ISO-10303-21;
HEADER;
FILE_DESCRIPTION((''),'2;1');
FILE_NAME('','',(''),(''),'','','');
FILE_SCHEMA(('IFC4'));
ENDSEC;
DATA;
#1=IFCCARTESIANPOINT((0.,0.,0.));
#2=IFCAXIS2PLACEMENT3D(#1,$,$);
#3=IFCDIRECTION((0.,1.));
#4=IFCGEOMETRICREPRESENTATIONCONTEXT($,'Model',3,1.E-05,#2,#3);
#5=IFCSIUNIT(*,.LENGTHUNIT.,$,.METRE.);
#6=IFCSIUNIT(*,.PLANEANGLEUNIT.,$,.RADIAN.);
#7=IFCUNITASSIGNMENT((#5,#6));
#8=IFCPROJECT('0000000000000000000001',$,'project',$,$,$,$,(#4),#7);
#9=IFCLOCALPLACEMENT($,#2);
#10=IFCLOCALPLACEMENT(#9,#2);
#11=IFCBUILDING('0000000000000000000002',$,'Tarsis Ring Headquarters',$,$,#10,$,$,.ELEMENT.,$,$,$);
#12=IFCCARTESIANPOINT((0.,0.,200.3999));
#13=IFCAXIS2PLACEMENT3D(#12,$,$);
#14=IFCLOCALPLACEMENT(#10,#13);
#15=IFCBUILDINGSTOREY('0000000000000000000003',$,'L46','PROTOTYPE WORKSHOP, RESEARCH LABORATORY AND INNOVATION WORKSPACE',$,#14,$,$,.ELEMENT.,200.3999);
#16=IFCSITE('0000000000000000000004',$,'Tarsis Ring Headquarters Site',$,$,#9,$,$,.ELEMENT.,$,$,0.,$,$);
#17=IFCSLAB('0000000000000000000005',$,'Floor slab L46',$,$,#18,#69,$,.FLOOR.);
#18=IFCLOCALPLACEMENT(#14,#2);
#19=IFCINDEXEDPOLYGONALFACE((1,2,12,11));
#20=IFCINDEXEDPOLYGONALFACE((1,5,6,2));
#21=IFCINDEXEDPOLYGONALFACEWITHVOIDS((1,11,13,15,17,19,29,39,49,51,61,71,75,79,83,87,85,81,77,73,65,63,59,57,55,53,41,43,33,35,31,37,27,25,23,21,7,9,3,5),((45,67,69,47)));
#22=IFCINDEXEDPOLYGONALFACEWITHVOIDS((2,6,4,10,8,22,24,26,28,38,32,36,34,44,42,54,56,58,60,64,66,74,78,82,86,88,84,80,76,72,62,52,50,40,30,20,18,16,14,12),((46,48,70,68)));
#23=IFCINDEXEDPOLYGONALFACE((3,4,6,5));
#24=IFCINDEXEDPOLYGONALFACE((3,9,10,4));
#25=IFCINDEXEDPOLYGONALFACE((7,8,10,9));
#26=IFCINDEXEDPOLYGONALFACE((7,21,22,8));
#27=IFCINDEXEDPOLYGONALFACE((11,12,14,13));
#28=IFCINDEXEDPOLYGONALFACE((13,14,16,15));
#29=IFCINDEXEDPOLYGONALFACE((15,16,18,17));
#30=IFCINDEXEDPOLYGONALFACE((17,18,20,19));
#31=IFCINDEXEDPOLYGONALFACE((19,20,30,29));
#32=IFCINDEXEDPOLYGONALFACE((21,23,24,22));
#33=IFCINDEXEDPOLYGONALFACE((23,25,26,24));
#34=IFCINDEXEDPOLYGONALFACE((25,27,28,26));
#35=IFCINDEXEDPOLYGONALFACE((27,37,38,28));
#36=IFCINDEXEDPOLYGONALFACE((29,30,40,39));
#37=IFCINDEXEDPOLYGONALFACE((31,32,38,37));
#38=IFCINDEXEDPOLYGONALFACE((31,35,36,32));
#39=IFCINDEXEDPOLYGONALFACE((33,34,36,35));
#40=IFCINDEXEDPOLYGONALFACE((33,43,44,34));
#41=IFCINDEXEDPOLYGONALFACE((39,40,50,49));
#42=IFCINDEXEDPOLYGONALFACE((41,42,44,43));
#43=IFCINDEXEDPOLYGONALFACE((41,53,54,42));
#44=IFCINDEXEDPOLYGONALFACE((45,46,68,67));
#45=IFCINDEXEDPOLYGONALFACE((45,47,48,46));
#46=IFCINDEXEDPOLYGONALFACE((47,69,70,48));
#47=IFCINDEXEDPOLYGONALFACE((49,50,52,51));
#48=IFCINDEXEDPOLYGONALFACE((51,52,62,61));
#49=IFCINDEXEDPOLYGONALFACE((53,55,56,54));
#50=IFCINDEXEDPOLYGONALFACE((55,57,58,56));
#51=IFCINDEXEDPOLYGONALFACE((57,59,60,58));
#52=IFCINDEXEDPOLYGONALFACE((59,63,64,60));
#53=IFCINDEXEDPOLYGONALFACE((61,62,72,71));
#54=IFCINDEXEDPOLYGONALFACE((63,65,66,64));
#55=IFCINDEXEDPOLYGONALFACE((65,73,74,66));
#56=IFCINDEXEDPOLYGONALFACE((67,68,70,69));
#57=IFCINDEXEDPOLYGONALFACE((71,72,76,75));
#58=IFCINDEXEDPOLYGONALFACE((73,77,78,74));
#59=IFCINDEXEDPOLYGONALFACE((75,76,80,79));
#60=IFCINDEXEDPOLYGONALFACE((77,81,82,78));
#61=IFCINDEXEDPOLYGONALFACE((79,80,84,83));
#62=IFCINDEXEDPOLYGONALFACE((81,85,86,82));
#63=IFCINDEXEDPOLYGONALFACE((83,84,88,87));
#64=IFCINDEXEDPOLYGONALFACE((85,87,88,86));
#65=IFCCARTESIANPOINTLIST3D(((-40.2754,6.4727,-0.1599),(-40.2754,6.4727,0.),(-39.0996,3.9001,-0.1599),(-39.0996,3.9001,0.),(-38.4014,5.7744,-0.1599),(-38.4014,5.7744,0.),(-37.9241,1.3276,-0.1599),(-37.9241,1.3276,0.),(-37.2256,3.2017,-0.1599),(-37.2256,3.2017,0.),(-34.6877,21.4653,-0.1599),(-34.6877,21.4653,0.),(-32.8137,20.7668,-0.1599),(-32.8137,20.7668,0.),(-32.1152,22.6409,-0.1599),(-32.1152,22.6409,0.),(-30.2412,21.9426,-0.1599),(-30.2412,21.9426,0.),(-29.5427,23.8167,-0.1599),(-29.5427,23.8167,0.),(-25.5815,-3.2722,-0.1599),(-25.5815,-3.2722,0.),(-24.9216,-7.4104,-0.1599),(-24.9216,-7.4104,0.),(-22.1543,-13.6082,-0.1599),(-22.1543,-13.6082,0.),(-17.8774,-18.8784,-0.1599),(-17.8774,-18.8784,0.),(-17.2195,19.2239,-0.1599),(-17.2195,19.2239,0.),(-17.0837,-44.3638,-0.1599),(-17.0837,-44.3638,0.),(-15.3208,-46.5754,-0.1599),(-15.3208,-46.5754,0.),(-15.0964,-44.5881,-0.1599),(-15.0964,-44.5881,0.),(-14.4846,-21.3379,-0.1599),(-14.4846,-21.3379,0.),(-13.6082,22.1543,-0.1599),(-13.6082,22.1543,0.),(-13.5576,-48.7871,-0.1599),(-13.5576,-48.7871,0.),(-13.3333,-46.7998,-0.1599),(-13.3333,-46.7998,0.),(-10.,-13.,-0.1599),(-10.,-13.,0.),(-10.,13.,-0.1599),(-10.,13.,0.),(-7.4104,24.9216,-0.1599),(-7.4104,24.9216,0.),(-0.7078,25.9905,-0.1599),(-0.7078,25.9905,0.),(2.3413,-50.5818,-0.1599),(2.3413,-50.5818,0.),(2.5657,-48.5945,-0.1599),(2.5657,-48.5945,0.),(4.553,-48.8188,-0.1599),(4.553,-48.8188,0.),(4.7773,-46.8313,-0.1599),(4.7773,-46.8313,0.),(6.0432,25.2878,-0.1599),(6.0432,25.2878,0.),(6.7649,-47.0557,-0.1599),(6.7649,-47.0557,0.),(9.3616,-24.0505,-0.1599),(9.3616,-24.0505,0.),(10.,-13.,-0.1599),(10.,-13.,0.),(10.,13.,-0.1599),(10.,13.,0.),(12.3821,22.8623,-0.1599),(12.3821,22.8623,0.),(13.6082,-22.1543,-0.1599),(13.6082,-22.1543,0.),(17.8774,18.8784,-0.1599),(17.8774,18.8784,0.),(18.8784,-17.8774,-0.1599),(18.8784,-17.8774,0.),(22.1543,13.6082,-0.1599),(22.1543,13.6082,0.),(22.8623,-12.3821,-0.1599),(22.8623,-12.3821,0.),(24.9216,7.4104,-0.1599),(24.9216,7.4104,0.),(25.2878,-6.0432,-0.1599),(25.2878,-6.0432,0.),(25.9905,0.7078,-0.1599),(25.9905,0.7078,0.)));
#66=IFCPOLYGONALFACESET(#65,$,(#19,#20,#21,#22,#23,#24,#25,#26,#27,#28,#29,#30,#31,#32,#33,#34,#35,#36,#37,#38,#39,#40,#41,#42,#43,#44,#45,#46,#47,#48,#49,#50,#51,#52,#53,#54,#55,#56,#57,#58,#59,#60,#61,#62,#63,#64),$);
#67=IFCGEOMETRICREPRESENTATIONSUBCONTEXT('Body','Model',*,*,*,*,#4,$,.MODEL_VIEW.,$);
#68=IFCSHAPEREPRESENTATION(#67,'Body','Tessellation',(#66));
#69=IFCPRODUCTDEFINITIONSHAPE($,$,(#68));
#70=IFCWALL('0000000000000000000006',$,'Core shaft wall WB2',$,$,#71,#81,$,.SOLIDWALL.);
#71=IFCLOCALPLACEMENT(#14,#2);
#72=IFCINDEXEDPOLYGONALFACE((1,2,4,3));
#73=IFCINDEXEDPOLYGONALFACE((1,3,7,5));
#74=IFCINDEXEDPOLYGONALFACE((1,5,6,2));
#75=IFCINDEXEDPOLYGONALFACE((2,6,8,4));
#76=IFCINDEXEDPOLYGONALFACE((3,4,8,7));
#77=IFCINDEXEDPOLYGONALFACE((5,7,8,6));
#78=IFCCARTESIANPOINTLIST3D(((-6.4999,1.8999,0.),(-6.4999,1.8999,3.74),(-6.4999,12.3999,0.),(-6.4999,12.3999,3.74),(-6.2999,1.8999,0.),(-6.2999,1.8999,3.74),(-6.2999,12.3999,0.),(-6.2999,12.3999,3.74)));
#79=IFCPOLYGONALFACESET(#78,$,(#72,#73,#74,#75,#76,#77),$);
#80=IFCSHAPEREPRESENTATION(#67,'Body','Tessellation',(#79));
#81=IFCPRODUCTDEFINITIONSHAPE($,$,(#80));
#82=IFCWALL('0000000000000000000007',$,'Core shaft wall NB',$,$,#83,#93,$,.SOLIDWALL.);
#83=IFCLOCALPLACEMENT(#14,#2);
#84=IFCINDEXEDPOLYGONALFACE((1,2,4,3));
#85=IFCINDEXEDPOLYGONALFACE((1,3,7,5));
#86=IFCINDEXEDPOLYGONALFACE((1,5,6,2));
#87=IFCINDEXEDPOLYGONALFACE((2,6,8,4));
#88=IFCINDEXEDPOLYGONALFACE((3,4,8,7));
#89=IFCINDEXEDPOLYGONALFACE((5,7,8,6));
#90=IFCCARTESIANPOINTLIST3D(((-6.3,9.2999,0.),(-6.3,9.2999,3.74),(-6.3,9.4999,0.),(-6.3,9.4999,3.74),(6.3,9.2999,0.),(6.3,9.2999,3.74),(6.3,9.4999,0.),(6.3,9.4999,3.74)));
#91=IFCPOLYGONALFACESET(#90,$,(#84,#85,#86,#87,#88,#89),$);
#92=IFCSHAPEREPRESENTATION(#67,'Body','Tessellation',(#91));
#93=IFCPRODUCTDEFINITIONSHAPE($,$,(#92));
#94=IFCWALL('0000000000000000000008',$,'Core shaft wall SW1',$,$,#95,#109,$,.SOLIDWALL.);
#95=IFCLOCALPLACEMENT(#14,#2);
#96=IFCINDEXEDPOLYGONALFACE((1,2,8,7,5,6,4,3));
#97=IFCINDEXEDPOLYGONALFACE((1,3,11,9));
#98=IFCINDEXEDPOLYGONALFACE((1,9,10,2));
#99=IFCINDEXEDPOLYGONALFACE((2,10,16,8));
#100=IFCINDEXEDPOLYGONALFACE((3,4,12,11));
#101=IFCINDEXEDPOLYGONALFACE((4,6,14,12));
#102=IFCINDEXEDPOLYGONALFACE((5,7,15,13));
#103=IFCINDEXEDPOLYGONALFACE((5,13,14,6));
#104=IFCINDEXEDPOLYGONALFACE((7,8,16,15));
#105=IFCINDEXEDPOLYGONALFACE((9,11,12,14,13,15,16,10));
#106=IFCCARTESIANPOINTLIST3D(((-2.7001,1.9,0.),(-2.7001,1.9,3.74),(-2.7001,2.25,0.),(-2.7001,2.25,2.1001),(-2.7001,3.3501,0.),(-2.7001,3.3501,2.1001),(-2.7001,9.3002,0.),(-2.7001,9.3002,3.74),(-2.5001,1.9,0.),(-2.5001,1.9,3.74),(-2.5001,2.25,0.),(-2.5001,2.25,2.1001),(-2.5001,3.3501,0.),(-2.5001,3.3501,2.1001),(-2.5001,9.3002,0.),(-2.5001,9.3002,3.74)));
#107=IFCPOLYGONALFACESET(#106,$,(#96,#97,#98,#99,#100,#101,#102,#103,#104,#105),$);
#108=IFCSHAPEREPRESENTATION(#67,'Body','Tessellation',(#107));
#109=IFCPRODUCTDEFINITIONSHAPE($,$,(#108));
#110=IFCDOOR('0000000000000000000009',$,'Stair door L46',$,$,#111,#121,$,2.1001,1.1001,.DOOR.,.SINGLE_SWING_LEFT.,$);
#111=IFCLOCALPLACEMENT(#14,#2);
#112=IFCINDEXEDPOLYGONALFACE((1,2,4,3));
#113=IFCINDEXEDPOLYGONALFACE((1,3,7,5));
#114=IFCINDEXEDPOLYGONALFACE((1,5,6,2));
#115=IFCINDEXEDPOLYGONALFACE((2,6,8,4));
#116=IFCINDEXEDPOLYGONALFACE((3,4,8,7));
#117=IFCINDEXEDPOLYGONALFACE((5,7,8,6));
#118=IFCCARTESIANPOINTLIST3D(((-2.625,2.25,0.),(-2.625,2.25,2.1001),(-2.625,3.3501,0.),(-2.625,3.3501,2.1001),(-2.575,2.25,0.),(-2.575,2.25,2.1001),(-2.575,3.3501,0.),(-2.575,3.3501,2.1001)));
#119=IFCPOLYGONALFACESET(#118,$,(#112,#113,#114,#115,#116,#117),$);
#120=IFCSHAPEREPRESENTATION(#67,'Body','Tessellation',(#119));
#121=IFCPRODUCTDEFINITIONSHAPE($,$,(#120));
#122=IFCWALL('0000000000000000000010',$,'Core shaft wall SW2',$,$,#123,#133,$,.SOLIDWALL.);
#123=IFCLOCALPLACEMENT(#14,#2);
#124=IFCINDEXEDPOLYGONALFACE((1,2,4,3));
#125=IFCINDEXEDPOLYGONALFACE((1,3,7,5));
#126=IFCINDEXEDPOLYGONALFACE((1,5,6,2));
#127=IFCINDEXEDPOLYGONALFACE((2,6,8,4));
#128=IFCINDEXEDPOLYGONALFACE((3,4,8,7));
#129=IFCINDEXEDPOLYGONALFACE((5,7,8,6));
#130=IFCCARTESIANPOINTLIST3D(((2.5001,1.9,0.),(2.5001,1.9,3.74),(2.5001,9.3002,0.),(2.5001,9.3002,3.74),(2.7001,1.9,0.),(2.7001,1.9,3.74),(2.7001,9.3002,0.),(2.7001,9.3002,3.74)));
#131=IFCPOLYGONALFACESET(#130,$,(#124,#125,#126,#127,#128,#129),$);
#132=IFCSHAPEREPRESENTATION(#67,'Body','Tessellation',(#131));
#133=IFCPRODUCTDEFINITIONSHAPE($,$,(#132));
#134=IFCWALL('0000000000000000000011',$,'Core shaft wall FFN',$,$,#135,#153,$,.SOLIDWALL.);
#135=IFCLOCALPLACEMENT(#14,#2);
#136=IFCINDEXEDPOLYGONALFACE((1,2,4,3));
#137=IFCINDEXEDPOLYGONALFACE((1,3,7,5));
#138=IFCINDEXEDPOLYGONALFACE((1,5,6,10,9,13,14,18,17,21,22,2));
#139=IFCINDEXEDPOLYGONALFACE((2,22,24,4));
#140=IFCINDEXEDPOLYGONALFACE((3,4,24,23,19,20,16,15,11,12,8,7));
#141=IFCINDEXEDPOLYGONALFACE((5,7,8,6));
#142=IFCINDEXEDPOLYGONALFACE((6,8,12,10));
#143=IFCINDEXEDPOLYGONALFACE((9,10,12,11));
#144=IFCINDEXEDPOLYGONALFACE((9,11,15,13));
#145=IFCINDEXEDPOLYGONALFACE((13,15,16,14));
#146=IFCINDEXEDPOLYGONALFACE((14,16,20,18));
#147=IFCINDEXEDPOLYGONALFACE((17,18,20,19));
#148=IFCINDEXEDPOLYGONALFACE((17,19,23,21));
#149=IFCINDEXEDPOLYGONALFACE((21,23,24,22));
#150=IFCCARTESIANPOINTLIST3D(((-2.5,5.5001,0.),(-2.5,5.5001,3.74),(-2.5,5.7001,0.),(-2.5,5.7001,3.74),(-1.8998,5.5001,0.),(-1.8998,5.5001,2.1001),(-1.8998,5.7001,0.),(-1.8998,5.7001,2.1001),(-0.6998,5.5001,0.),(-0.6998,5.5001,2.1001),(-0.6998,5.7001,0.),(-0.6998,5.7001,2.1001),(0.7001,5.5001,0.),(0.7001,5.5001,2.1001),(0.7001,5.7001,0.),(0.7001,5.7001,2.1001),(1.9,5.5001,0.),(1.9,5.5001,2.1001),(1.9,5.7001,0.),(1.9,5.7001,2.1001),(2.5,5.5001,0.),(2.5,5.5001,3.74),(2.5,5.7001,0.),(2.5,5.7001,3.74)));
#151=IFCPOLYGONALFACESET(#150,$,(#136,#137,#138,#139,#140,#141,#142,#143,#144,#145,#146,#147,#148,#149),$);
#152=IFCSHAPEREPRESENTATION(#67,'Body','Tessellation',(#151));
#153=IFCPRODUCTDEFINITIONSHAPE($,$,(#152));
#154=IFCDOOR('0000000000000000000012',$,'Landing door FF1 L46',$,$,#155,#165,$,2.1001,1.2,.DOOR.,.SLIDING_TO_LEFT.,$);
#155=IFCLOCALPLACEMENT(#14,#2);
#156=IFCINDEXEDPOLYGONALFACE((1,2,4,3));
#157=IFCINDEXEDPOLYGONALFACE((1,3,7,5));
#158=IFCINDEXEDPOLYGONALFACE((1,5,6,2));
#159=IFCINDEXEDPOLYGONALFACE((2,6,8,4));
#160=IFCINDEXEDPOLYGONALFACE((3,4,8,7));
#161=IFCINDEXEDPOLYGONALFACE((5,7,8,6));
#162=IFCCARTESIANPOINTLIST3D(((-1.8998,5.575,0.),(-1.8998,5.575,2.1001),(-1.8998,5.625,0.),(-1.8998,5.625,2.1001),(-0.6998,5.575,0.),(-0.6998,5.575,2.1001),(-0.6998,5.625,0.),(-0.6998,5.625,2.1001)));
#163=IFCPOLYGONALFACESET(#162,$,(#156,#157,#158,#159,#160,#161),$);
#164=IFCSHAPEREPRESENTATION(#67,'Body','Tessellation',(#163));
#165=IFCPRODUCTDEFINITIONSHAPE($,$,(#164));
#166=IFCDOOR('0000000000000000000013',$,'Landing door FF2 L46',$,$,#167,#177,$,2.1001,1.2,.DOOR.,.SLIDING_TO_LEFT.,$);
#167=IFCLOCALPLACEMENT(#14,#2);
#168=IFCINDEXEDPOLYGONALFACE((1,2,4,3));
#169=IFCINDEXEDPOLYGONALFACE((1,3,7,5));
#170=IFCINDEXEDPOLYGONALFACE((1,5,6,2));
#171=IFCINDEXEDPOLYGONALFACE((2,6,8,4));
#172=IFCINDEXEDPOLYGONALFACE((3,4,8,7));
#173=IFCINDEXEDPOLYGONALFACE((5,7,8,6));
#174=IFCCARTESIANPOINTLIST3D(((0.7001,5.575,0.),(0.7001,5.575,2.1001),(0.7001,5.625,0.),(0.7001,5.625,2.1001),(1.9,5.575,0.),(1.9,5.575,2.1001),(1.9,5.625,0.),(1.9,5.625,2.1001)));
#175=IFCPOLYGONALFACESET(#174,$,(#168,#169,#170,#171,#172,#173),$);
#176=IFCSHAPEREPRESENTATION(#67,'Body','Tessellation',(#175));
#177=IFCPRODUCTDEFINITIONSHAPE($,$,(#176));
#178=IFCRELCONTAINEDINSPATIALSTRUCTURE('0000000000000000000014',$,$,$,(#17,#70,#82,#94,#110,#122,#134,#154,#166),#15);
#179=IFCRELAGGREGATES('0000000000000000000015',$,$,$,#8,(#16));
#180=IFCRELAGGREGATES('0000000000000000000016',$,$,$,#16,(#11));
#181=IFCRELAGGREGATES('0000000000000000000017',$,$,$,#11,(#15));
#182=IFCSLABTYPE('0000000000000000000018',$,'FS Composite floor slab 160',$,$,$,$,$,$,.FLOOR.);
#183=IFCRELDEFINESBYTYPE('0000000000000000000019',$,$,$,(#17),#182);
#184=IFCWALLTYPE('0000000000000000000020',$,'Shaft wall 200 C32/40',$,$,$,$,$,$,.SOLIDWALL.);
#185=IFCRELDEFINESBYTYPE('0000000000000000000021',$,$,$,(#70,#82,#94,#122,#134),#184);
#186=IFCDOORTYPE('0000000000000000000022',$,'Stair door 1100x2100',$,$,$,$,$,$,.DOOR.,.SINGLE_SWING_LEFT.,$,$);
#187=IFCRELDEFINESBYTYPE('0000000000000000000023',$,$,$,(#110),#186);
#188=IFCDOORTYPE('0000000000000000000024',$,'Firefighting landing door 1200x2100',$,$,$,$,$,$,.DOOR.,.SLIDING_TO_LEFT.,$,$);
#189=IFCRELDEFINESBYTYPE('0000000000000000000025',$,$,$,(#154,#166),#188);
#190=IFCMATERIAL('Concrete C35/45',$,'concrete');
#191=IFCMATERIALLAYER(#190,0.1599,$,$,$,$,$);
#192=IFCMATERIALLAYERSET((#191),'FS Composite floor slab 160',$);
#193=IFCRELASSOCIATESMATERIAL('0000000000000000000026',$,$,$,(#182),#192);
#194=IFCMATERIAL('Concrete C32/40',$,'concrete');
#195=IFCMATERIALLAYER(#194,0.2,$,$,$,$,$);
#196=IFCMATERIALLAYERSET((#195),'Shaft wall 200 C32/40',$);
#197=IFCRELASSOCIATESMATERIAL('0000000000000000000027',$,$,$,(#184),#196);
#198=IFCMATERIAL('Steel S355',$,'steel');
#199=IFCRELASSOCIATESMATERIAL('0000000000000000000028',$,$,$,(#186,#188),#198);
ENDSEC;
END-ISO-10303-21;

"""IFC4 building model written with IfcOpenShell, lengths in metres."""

from ifc_helpers import new_model, si_unit, direction, frame, frame_2d, origin, place, context, subcontext, project, spatial, polyline, rectangle, outline, extrude, material, layer, layer_set, type_object, element, fill, save


model = new_model("IFC4")

# Units and contexts
model_context = context("Model", 3, precision=1e-05, world=origin(), true_north=direction((0.0, 1.0)))
body_context = subcontext(model_context, "Body", "Model", "MODEL_VIEW")
ifc_project = project(units=[si_unit("LENGTHUNIT", "METRE"), si_unit("PLANEANGLEUNIT", "RADIAN")], contexts=[model_context])

# Site, building, storey
site_placement = place(None, origin())
site = spatial("IfcSite", under=ifc_project, at=site_placement, Name="Tarsis Ring Headquarters Site", CompositionType="ELEMENT", RefElevation=0.0)
building_placement = place(site_placement, origin())
building = spatial("IfcBuilding", under=site, at=building_placement, Name="Tarsis Ring Headquarters", CompositionType="ELEMENT")
storey_placement = place(building_placement, frame((0.0, 0.0, 200.3999)))
storey = spatial("IfcBuildingStorey", under=building, at=storey_placement, Name="L46", Description="PROTOTYPE WORKSHOP, RESEARCH LABORATORY AND INNOVATION WORKSPACE", CompositionType="ELEMENT", Elevation=200.3999)

# Slab
ifc_material_1 = material(Name="Concrete C35/45", Category="concrete")
ifc_layer_1 = layer(ifc_material_1, 0.1599)
ifc_layer_set_1 = layer_set([ifc_layer_1], Name="FS Composite floor slab 160")
slab_type_1 = type_object("IfcSlabType", Name="FS Composite floor slab 160", PredefinedType="FLOOR", material=ifc_layer_set_1)
slab_1_placement = place(storey_placement, frame((0.0, 0.0, -0.1599)))
element("IfcSlab", 1, at=slab_1_placement, inside=storey, type_object=slab_type_1, Name="Floor slab L46", PredefinedType="FLOOR", context=body_context, shape_type="SweptSolid", body=[
    extrude(outline(polyline([(-25.5815, -3.2722), (-24.9216, -7.4104), (-22.1543, -13.6082), (-17.8774, -18.8784), (-14.4846, -21.3379), (-17.0837, -44.3638), (-15.0964, -44.5881), (-15.3208, -46.5754), (-13.3333, -46.7998), (-13.5576, -48.7871), (2.3413, -50.5818), (2.5657, -48.5945), (4.553, -48.8188), (4.7773, -46.8313), (6.7649, -47.0557), (9.3616, -24.0505), (13.6082, -22.1543), (18.8784, -17.8774), (22.8623, -12.3821), (25.2878, -6.0432), (25.9905, 0.7078), (24.9216, 7.4104), (22.1543, 13.6082), (17.8774, 18.8784), (12.3821, 22.8623), (6.0432, 25.2878), (-0.7078, 25.9905), (-7.4104, 24.9216), (-13.6082, 22.1543), (-17.2195, 19.2239), (-29.5427, 23.8167), (-30.2412, 21.9426), (-32.1152, 22.6409), (-32.8137, 20.7668), (-34.6877, 21.4653), (-40.2754, 6.4727), (-38.4014, 5.7744), (-39.0996, 3.9001), (-37.2256, 3.2017), (-37.9241, 1.3276), (-25.5815, -3.2722)]), holes=[polyline([(-10.0, -13.0), (-10.0, 13.0), (10.0, 13.0), (10.0, -13.0), (-10.0, -13.0)])]), origin(), (0.0, 0.0, 1.0), 0.1599),
])

# Walls
ifc_material_2 = material(Name="Concrete C32/40", Category="concrete")
ifc_layer_2 = layer(ifc_material_2, 0.2)
ifc_layer_set_2 = layer_set([ifc_layer_2], Name="Shaft wall 200 C32/40")
wall_type = type_object("IfcWallType", Name="Shaft wall 200 C32/40", PredefinedType="SOLIDWALL", material=ifc_layer_set_2)
wall_1_placement = place(storey_placement, frame((-6.3999, 1.8999, 0.0), z_axis=(0.0, 0.0, 1.0), x_axis=(0.0, 1.0, 0.0)))
element("IfcWall", 2, at=wall_1_placement, inside=storey, type_object=wall_type, Name="Core shaft wall WB2", PredefinedType="SOLIDWALL", context=body_context, shape_type="SweptSolid", body=[
    extrude(rectangle(XDim=10.5, YDim=0.2, at=frame_2d((5.25, 0.0))), origin(), (0.0, 0.0, 1.0), 3.74),
])
wall_2_placement = place(storey_placement, frame((-6.3, 9.3999, 0.0), z_axis=(0.0, 0.0, 1.0), x_axis=(1.0, 0.0, 0.0)))
element("IfcWall", 3, at=wall_2_placement, inside=storey, type_object=wall_type, Name="Core shaft wall NB", PredefinedType="SOLIDWALL", context=body_context, shape_type="SweptSolid", body=[
    extrude(rectangle(XDim=12.6001, YDim=0.2, at=frame_2d((6.3, 0.0))), origin(), (0.0, 0.0, 1.0), 3.74),
])

# Wall, opening, door
wall_3_placement = place(storey_placement, frame((-2.6001, 1.8999, 0.0), z_axis=(0.0, 0.0, 1.0), x_axis=(0.0, 1.0, 0.0)))
wall_3 = element("IfcWall", 4, at=wall_3_placement, inside=storey, type_object=wall_type, Name="Core shaft wall SW1", PredefinedType="SOLIDWALL", context=body_context, shape_type="SweptSolid", body=[
    extrude(rectangle(XDim=7.4001, YDim=0.2, at=frame_2d((3.7002, 0.0))), origin(), (0.0, 0.0, 1.0), 3.74),
])
opening_1_placement = place(wall_3_placement, frame((0.3501, 0.0, 0.0)))
opening_1 = element("IfcOpeningElement", 5, at=opening_1_placement, cuts=wall_3, PredefinedType="OPENING", context=body_context, shape_type="SweptSolid", body=[
    extrude(rectangle(XDim=1.1001, YDim=2.1001, at=frame_2d((0.55, 1.05))), frame((0.0, 0.1099, 0.0), z_axis=(0.0, -1.0, 0.0), x_axis=(1.0, 0.0, 0.0)), (0.0, 0.0, 1.0), 0.22),
])
ifc_material_3 = material(Name="Steel S355", Category="steel")
door_type_1 = type_object("IfcDoorType", Name="Stair door 1100x2100", OperationType="SINGLE_SWING_LEFT", PredefinedType="DOOR", material=ifc_material_3)
door_1_placement = place(opening_1_placement, origin())
door_1 = element("IfcDoor", 6, at=door_1_placement, inside=storey, type_object=door_type_1, Name="Stair door L46", OperationType="SINGLE_SWING_LEFT", OverallHeight=2.1001, OverallWidth=1.1001, PredefinedType="DOOR", context=body_context, shape_type="SweptSolid", body=[
    extrude(rectangle(XDim=1.1001, YDim=2.1001, at=frame_2d((0.55, 1.05))), frame((0.0, 0.0249, 0.0), z_axis=(0.0, -1.0, 0.0), x_axis=(1.0, 0.0, 0.0)), (0.0, 0.0, 1.0), 0.05),
])
fill(opening_1, door_1)

# Wall
wall_4_placement = place(storey_placement, frame((2.6001, 1.8999, 0.0), z_axis=(0.0, 0.0, 1.0), x_axis=(0.0, 1.0, 0.0)))
element("IfcWall", 7, at=wall_4_placement, inside=storey, type_object=wall_type, Name="Core shaft wall SW2", PredefinedType="SOLIDWALL", context=body_context, shape_type="SweptSolid", body=[
    extrude(rectangle(XDim=7.4001, YDim=0.2, at=frame_2d((3.7002, 0.0))), origin(), (0.0, 0.0, 1.0), 3.74),
])

# Wall, openings, doors
wall_5_placement = place(storey_placement, frame((-2.5, 5.6001, 0.0), z_axis=(0.0, 0.0, 1.0), x_axis=(1.0, 0.0, 0.0)))
wall_5 = element("IfcWall", 8, at=wall_5_placement, inside=storey, type_object=wall_type, Name="Core shaft wall FFN", PredefinedType="SOLIDWALL", context=body_context, shape_type="SweptSolid", body=[
    extrude(rectangle(XDim=5.0, YDim=0.2, at=frame_2d((2.5, 0.0))), origin(), (0.0, 0.0, 1.0), 3.74),
])
opening_2_placement = place(wall_5_placement, frame((0.6001, 0.0, 0.0)))
opening_2 = element("IfcOpeningElement", 9, at=opening_2_placement, cuts=wall_5, PredefinedType="OPENING", context=body_context, shape_type="SweptSolid", body=[
    extrude(rectangle(XDim=1.2, YDim=2.1001, at=frame_2d((0.6001, 1.05))), frame((0.0, 0.1099, 0.0), z_axis=(0.0, -1.0, 0.0), x_axis=(1.0, 0.0, 0.0)), (0.0, 0.0, 1.0), 0.22),
])
opening_3_placement = place(wall_5_placement, frame((3.2, 0.0, 0.0)))
opening_3 = element("IfcOpeningElement", 10, at=opening_3_placement, cuts=wall_5, PredefinedType="OPENING", context=body_context, shape_type="SweptSolid", body=[
    extrude(rectangle(XDim=1.2, YDim=2.1001, at=frame_2d((0.6001, 1.05))), frame((0.0, 0.1099, 0.0), z_axis=(0.0, -1.0, 0.0), x_axis=(1.0, 0.0, 0.0)), (0.0, 0.0, 1.0), 0.22),
])
door_type_2 = type_object("IfcDoorType", Name="Firefighting landing door 1200x2100", OperationType="SLIDING_TO_LEFT", PredefinedType="DOOR", material=ifc_material_3)
door_2_placement = place(opening_2_placement, origin())
door_2 = element("IfcDoor", 11, at=door_2_placement, inside=storey, type_object=door_type_2, Name="Landing door FF1 L46", OperationType="SLIDING_TO_LEFT", OverallHeight=2.1001, OverallWidth=1.2, PredefinedType="DOOR", context=body_context, shape_type="SweptSolid", body=[
    extrude(rectangle(XDim=1.2, YDim=2.1001, at=frame_2d((0.6001, 1.05))), frame((0.0, 0.0249, 0.0), z_axis=(0.0, -1.0, 0.0), x_axis=(1.0, 0.0, 0.0)), (0.0, 0.0, 1.0), 0.05),
])
fill(opening_2, door_2)
door_3_placement = place(opening_3_placement, origin())
door_3 = element("IfcDoor", 12, at=door_3_placement, inside=storey, type_object=door_type_2, Name="Landing door FF2 L46", OperationType="SLIDING_TO_LEFT", OverallHeight=2.1001, OverallWidth=1.2, PredefinedType="DOOR", context=body_context, shape_type="SweptSolid", body=[
    extrude(rectangle(XDim=1.2, YDim=2.1001, at=frame_2d((0.6001, 1.05))), frame((0.0, 0.0249, 0.0), z_axis=(0.0, -1.0, 0.0), x_axis=(1.0, 0.0, 0.0)), (0.0, 0.0, 1.0), 0.05),
])
fill(opening_3, door_3)

save(model, "model.ifc")
